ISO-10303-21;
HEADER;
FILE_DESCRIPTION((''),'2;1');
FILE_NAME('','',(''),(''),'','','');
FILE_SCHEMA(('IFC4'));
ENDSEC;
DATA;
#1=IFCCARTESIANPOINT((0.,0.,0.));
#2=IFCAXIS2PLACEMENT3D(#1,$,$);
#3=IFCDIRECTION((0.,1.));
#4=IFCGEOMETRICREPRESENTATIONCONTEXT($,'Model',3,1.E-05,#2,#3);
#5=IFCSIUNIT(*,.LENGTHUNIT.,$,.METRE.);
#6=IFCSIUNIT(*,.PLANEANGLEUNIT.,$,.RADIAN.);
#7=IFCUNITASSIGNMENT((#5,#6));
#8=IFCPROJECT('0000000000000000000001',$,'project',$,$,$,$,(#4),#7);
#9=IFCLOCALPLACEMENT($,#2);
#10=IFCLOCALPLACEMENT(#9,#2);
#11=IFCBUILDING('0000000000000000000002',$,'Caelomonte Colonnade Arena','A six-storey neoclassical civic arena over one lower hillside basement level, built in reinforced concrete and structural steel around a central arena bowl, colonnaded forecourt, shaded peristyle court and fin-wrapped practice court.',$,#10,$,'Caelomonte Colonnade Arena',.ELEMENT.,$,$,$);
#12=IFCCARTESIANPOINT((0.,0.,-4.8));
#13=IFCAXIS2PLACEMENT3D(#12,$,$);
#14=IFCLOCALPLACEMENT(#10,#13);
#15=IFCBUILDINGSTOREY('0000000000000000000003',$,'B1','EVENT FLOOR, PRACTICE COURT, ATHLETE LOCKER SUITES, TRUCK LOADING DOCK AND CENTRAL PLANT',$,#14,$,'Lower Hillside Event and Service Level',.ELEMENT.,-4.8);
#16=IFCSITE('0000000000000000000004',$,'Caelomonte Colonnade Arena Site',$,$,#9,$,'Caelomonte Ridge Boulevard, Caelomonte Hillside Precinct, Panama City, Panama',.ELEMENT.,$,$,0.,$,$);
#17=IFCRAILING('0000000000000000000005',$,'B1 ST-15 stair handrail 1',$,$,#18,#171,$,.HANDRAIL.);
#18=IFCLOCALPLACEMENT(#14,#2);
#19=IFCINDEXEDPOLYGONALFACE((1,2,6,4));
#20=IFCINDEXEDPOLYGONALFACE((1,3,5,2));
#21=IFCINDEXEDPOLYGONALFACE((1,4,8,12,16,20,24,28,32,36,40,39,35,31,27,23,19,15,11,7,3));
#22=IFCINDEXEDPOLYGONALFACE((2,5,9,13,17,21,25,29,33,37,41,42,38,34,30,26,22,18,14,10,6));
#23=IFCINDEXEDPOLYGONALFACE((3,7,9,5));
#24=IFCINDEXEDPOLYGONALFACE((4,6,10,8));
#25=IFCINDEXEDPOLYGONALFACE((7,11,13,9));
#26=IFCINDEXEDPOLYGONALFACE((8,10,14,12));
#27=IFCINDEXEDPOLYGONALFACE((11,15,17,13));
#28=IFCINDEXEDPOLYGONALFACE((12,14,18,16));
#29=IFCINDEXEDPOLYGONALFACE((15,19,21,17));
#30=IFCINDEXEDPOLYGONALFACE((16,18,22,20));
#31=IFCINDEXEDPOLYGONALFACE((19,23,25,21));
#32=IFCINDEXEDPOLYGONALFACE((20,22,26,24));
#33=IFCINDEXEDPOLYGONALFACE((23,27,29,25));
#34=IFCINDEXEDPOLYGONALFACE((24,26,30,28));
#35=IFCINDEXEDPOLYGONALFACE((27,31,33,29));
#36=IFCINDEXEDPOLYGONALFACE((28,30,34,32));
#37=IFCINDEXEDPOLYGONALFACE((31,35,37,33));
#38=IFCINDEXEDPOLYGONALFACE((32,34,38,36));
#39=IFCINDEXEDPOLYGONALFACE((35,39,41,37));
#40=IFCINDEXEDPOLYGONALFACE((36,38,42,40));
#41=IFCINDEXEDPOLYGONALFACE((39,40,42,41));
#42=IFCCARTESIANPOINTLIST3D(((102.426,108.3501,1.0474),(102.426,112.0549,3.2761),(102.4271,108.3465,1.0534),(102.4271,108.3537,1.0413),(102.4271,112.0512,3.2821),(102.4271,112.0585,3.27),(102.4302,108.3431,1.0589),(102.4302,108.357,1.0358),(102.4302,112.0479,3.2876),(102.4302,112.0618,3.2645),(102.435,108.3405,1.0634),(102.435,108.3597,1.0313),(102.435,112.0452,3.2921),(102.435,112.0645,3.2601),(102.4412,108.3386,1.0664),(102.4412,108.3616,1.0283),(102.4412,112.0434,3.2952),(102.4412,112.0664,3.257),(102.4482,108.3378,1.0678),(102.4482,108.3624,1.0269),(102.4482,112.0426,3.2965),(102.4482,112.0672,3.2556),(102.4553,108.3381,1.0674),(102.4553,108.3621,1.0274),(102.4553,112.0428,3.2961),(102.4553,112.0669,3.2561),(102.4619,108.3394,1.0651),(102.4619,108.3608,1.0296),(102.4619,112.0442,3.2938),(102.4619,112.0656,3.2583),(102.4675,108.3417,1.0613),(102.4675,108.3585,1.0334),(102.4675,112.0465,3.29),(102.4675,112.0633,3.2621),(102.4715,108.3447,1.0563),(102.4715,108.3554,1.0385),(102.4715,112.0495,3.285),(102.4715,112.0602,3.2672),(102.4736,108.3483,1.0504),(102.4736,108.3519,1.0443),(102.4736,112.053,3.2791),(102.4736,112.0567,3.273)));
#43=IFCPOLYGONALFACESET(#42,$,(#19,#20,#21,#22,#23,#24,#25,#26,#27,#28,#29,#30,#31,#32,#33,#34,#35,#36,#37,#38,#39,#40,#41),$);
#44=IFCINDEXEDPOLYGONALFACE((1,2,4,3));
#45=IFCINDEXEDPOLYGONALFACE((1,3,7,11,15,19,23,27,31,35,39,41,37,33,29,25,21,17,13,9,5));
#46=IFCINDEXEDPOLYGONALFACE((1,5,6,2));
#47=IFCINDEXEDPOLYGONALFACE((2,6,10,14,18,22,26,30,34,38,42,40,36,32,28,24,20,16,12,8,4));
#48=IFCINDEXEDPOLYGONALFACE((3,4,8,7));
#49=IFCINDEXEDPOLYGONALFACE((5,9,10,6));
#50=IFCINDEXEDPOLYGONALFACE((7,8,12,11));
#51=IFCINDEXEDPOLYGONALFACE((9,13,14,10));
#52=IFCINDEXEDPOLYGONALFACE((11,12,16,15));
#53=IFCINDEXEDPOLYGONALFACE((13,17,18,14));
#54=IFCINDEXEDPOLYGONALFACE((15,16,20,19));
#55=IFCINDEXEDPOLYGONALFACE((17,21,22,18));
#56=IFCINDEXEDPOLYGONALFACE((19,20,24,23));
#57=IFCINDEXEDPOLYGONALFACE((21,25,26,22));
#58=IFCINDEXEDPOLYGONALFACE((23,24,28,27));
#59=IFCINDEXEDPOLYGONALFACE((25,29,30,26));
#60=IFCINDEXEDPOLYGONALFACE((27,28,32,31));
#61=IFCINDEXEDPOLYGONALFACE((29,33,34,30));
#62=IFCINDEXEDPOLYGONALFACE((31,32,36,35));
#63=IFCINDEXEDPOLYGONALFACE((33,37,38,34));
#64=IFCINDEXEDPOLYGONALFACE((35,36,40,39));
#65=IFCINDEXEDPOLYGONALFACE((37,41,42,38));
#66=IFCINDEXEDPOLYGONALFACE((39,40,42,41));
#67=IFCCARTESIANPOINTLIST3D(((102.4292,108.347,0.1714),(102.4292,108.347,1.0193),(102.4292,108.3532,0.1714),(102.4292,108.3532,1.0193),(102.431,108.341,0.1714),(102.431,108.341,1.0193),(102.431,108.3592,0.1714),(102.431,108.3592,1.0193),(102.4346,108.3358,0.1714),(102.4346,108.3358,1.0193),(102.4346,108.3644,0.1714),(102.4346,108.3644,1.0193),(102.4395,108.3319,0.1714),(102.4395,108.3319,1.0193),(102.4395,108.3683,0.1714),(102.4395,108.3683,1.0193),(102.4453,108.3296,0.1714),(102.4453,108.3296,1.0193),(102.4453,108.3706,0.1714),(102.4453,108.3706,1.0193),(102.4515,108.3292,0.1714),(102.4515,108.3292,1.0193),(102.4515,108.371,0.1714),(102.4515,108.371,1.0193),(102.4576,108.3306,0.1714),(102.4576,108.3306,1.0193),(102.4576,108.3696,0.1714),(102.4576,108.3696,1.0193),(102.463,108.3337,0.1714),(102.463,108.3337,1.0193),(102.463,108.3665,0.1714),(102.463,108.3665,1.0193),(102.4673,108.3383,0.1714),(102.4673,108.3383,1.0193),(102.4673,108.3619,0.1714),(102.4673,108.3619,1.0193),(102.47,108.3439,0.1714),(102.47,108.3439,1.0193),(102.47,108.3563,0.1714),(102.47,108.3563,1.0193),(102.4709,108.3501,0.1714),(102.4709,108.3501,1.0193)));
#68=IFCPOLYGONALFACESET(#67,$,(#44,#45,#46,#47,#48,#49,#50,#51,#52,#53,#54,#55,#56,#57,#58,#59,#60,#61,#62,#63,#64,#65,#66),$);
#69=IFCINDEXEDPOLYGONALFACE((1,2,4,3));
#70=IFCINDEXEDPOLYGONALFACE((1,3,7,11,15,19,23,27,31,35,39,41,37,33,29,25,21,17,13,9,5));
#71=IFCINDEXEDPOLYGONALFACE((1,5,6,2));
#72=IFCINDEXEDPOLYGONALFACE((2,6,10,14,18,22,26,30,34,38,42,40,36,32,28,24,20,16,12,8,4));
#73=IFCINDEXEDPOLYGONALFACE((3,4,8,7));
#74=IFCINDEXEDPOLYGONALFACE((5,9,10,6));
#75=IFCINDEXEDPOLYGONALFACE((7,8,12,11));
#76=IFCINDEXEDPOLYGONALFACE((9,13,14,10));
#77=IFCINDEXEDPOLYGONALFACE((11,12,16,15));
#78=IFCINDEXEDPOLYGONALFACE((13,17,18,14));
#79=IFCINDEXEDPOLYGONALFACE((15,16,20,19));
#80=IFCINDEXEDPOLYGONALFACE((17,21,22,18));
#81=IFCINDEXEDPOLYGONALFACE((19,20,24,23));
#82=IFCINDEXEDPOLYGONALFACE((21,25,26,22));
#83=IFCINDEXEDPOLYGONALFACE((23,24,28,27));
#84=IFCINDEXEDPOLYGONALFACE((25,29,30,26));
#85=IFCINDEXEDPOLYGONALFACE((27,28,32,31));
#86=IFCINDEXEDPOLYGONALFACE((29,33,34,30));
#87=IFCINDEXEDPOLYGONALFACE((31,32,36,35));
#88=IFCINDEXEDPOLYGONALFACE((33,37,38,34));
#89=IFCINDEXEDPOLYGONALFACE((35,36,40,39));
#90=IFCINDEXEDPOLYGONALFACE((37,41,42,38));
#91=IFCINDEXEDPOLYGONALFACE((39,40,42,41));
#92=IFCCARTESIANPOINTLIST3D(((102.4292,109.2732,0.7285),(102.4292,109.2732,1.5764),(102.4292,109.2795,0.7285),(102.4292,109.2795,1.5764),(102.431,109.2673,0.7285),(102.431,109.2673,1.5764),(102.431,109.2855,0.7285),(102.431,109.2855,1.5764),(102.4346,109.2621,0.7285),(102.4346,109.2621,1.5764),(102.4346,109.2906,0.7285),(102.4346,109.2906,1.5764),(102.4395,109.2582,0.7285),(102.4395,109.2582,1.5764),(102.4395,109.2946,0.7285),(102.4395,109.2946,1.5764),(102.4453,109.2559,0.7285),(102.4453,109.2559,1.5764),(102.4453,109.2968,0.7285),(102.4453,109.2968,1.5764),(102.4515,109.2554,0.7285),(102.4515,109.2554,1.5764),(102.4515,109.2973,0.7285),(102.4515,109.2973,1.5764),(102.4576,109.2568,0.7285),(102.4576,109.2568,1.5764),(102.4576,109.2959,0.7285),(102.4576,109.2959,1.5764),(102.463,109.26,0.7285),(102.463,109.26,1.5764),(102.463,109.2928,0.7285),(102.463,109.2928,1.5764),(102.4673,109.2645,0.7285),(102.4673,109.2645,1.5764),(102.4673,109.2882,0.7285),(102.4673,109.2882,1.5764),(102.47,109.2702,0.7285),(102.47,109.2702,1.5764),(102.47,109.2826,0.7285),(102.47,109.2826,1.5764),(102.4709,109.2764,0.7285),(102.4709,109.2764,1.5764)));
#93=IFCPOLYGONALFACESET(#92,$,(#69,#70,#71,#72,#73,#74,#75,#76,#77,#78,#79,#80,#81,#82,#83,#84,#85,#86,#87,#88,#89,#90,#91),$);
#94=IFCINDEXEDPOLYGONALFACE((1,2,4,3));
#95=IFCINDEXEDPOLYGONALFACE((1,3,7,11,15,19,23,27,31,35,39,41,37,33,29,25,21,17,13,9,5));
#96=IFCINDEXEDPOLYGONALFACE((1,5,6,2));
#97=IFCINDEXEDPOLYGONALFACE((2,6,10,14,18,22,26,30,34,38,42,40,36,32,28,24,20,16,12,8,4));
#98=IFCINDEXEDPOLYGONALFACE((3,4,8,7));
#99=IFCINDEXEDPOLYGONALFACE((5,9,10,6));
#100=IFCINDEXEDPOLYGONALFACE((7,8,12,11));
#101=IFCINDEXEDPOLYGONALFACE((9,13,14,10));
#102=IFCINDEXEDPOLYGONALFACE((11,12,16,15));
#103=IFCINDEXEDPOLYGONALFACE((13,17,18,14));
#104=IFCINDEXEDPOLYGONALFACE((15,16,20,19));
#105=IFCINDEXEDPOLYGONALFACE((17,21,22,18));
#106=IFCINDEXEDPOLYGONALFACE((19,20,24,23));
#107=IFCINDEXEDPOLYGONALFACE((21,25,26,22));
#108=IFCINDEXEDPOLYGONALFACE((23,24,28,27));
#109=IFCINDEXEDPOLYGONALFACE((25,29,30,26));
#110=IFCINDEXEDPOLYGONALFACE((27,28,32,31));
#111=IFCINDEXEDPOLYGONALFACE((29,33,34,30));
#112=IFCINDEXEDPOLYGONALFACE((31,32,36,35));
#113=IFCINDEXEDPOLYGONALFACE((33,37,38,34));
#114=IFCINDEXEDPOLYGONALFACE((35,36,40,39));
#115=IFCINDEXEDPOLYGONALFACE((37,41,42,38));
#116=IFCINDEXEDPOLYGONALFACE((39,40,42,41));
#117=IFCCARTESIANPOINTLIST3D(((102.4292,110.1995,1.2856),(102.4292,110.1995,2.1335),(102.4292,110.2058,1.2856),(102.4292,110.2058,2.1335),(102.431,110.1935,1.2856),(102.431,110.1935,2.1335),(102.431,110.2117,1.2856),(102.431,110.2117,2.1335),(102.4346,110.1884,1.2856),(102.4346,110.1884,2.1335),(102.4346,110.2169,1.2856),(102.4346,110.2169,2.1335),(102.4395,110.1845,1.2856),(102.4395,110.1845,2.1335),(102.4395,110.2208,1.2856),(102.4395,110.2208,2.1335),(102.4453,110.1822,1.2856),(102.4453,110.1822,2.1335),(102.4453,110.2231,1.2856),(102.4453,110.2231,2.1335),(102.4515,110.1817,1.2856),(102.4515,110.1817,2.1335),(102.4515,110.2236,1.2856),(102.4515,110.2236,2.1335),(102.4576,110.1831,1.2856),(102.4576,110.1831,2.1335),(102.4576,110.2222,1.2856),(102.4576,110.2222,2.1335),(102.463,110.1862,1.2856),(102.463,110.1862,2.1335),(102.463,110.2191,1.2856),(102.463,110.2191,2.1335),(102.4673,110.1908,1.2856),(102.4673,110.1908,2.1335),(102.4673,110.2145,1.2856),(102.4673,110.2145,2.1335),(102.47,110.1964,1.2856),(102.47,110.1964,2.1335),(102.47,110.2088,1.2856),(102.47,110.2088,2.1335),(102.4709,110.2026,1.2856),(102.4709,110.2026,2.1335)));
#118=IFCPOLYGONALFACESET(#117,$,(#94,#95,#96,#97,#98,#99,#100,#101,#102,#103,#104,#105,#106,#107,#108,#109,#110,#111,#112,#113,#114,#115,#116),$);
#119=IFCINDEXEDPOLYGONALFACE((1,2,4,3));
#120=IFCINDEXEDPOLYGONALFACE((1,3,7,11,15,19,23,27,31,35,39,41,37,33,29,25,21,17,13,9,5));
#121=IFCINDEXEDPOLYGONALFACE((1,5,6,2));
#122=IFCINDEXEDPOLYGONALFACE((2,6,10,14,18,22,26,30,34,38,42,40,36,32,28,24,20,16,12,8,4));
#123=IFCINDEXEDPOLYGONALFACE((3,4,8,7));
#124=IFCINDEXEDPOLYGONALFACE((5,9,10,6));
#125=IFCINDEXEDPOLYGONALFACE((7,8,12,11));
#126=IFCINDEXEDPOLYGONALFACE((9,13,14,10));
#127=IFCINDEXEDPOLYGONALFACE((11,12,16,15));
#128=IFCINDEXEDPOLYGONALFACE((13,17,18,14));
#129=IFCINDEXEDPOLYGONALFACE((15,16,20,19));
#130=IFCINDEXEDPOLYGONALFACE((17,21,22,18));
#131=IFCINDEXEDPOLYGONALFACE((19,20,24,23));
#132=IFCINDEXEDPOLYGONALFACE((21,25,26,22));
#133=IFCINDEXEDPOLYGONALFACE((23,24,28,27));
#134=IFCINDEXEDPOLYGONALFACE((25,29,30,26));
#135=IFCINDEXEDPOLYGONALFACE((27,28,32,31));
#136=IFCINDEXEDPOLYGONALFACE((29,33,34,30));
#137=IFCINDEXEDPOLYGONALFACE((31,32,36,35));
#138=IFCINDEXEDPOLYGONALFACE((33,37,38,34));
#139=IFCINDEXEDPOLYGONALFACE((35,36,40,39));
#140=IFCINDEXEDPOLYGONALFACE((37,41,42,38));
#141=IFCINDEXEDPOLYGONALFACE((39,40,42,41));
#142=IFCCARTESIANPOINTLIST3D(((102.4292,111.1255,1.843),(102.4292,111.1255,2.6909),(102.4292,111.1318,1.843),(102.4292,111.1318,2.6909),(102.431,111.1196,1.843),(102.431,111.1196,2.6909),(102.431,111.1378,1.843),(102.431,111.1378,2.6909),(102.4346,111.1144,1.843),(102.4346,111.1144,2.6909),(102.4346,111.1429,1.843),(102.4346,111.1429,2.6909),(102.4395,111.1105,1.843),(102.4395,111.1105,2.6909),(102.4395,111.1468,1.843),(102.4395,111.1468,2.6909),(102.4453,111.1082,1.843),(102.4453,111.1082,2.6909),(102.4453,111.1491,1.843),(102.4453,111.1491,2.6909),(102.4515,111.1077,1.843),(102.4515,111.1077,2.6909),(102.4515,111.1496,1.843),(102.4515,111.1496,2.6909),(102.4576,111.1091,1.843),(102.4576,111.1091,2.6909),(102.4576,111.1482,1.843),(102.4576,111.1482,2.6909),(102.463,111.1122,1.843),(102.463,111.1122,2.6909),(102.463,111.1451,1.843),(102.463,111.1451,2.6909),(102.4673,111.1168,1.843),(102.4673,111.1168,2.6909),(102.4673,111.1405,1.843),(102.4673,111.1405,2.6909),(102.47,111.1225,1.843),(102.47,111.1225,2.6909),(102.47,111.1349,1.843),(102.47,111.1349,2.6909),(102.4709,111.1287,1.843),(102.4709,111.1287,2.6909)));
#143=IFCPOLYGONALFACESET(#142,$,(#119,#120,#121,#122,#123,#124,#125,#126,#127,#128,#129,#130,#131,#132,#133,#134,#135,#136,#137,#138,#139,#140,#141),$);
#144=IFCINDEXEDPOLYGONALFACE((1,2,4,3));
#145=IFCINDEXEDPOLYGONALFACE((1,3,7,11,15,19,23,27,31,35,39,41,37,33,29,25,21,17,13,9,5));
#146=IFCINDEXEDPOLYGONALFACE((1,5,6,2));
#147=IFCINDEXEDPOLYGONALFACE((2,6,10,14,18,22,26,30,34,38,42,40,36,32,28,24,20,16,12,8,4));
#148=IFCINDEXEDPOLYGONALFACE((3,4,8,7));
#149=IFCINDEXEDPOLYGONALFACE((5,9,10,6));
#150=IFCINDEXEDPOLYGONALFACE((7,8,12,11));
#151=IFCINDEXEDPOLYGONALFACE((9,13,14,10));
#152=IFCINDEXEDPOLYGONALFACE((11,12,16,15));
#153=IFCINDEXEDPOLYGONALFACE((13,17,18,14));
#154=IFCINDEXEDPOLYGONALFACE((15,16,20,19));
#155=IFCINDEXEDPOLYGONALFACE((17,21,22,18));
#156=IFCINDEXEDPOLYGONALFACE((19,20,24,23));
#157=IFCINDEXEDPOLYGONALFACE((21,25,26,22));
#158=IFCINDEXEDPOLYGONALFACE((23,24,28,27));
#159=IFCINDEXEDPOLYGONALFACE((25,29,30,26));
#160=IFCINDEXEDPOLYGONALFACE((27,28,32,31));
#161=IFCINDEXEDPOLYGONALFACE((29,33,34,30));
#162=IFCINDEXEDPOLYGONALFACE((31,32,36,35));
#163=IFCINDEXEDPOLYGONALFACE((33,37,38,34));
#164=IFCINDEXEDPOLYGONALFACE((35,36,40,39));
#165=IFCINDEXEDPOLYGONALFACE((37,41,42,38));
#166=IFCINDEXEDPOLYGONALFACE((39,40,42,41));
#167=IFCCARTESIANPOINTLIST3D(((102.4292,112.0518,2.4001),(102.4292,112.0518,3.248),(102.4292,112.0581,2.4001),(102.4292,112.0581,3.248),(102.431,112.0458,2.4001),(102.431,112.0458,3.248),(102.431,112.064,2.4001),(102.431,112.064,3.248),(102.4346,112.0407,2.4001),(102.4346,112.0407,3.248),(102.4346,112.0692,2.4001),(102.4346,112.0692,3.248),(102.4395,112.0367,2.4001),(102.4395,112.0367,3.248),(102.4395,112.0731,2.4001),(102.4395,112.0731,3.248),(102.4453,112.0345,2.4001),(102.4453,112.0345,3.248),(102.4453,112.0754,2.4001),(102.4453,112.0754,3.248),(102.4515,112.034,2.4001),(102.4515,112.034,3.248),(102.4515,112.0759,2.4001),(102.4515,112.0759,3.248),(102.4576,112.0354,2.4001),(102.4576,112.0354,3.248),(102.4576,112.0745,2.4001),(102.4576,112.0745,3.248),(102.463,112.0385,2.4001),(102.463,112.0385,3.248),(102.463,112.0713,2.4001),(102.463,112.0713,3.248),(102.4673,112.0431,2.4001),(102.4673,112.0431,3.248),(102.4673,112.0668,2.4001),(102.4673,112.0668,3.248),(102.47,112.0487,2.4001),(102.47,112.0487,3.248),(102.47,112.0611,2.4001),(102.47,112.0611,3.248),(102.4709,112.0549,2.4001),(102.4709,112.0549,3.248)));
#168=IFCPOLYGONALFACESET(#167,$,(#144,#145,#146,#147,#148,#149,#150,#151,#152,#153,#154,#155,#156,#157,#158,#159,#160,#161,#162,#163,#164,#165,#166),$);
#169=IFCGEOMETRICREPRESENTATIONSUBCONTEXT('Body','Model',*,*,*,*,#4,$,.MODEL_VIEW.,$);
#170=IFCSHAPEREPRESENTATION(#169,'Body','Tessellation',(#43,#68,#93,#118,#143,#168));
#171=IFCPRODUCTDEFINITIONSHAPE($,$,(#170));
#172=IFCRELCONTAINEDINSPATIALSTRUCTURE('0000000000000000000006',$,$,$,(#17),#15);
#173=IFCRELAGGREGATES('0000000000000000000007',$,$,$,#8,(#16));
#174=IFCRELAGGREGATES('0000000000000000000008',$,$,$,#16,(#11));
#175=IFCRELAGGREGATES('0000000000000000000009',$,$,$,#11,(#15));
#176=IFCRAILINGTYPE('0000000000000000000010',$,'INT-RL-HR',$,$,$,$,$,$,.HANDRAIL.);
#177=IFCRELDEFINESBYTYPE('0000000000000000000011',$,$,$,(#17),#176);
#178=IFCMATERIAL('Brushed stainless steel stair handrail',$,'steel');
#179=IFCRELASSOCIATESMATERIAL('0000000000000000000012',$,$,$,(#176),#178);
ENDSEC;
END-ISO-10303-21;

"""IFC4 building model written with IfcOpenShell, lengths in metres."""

from ifc_helpers import new_model, si_unit, direction, frame, origin, origin_2d, place, context, subcontext, project, spatial, circle, extrude, material, type_object, element, save


model = new_model("IFC4")

# Units and contexts
model_context = context("Model", 3, precision=1e-05, world=origin(), true_north=direction((0.0, 1.0)))
body_context = subcontext(model_context, "Body", "Model", "MODEL_VIEW")
ifc_project = project(units=[si_unit("LENGTHUNIT", "METRE"), si_unit("PLANEANGLEUNIT", "RADIAN")], contexts=[model_context])

# Site, building, storey
site_placement = place(None, origin())
site = spatial("IfcSite", under=ifc_project, at=site_placement, Name="Caelomonte Colonnade Arena Site", LongName="Caelomonte Ridge Boulevard, Caelomonte Hillside Precinct, Panama City, Panama", CompositionType="ELEMENT", RefElevation=0.0)
building_placement = place(site_placement, origin())
building = spatial("IfcBuilding", under=site, at=building_placement, Name="Caelomonte Colonnade Arena", Description="A six-storey neoclassical civic arena over one lower hillside basement level, built in reinforced concrete and structural steel around a central arena bowl, colonnaded forecourt, shaded peristyle court and fin-wrapped practice court.", LongName="Caelomonte Colonnade Arena", CompositionType="ELEMENT")
storey_placement = place(building_placement, frame((0.0, 0.0, -4.8)))
storey = spatial("IfcBuildingStorey", under=building, at=storey_placement, Name="B1", Description="EVENT FLOOR, PRACTICE COURT, ATHLETE LOCKER SUITES, TRUCK LOADING DOCK AND CENTRAL PLANT", LongName="Lower Hillside Event and Service Level", CompositionType="ELEMENT", Elevation=-4.8)

# Railing
ifc_material_1 = material(Name="Brushed stainless steel stair handrail", Category="steel")
railing_type = type_object("IfcRailingType", Name="INT-RL-HR", PredefinedType="HANDRAIL", material=ifc_material_1)
railing_placement = place(storey_placement, frame((102.45, 108.3501, 0.1714)))
element("IfcRailing", 1, at=railing_placement, inside=storey, type_object=railing_type, Name="B1 ST-15 stair handrail 1", PredefinedType="HANDRAIL", context=body_context, shape_type="SweptSolid", body=[
    extrude(circle(Radius=0.0239, at=origin_2d()), frame((0.0, 0.0, 0.876), z_axis=(0.0, 0.856894, 0.515492), x_axis=(-1.0, 0.0, 0.0)), (0.0, 0.0, 1.0), 4.3235),
    extrude(circle(Radius=0.021, at=origin_2d()), origin(), (0.0, 0.0, 1.0), 0.8479),
    extrude(circle(Radius=0.021, at=origin_2d()), frame((0.0, 0.9263, 0.5571)), (0.0, 0.0, 1.0), 0.8479),
    extrude(circle(Radius=0.021, at=origin_2d()), frame((0.0, 1.8525, 1.1143)), (0.0, 0.0, 1.0), 0.8479),
    extrude(circle(Radius=0.021, at=origin_2d()), frame((0.0, 2.7786, 1.6716)), (0.0, 0.0, 1.0), 0.8479),
    extrude(circle(Radius=0.021, at=origin_2d()), frame((0.0, 3.7048, 2.2288)), (0.0, 0.0, 1.0), 0.8479),
])

save(model, "model.ifc")
